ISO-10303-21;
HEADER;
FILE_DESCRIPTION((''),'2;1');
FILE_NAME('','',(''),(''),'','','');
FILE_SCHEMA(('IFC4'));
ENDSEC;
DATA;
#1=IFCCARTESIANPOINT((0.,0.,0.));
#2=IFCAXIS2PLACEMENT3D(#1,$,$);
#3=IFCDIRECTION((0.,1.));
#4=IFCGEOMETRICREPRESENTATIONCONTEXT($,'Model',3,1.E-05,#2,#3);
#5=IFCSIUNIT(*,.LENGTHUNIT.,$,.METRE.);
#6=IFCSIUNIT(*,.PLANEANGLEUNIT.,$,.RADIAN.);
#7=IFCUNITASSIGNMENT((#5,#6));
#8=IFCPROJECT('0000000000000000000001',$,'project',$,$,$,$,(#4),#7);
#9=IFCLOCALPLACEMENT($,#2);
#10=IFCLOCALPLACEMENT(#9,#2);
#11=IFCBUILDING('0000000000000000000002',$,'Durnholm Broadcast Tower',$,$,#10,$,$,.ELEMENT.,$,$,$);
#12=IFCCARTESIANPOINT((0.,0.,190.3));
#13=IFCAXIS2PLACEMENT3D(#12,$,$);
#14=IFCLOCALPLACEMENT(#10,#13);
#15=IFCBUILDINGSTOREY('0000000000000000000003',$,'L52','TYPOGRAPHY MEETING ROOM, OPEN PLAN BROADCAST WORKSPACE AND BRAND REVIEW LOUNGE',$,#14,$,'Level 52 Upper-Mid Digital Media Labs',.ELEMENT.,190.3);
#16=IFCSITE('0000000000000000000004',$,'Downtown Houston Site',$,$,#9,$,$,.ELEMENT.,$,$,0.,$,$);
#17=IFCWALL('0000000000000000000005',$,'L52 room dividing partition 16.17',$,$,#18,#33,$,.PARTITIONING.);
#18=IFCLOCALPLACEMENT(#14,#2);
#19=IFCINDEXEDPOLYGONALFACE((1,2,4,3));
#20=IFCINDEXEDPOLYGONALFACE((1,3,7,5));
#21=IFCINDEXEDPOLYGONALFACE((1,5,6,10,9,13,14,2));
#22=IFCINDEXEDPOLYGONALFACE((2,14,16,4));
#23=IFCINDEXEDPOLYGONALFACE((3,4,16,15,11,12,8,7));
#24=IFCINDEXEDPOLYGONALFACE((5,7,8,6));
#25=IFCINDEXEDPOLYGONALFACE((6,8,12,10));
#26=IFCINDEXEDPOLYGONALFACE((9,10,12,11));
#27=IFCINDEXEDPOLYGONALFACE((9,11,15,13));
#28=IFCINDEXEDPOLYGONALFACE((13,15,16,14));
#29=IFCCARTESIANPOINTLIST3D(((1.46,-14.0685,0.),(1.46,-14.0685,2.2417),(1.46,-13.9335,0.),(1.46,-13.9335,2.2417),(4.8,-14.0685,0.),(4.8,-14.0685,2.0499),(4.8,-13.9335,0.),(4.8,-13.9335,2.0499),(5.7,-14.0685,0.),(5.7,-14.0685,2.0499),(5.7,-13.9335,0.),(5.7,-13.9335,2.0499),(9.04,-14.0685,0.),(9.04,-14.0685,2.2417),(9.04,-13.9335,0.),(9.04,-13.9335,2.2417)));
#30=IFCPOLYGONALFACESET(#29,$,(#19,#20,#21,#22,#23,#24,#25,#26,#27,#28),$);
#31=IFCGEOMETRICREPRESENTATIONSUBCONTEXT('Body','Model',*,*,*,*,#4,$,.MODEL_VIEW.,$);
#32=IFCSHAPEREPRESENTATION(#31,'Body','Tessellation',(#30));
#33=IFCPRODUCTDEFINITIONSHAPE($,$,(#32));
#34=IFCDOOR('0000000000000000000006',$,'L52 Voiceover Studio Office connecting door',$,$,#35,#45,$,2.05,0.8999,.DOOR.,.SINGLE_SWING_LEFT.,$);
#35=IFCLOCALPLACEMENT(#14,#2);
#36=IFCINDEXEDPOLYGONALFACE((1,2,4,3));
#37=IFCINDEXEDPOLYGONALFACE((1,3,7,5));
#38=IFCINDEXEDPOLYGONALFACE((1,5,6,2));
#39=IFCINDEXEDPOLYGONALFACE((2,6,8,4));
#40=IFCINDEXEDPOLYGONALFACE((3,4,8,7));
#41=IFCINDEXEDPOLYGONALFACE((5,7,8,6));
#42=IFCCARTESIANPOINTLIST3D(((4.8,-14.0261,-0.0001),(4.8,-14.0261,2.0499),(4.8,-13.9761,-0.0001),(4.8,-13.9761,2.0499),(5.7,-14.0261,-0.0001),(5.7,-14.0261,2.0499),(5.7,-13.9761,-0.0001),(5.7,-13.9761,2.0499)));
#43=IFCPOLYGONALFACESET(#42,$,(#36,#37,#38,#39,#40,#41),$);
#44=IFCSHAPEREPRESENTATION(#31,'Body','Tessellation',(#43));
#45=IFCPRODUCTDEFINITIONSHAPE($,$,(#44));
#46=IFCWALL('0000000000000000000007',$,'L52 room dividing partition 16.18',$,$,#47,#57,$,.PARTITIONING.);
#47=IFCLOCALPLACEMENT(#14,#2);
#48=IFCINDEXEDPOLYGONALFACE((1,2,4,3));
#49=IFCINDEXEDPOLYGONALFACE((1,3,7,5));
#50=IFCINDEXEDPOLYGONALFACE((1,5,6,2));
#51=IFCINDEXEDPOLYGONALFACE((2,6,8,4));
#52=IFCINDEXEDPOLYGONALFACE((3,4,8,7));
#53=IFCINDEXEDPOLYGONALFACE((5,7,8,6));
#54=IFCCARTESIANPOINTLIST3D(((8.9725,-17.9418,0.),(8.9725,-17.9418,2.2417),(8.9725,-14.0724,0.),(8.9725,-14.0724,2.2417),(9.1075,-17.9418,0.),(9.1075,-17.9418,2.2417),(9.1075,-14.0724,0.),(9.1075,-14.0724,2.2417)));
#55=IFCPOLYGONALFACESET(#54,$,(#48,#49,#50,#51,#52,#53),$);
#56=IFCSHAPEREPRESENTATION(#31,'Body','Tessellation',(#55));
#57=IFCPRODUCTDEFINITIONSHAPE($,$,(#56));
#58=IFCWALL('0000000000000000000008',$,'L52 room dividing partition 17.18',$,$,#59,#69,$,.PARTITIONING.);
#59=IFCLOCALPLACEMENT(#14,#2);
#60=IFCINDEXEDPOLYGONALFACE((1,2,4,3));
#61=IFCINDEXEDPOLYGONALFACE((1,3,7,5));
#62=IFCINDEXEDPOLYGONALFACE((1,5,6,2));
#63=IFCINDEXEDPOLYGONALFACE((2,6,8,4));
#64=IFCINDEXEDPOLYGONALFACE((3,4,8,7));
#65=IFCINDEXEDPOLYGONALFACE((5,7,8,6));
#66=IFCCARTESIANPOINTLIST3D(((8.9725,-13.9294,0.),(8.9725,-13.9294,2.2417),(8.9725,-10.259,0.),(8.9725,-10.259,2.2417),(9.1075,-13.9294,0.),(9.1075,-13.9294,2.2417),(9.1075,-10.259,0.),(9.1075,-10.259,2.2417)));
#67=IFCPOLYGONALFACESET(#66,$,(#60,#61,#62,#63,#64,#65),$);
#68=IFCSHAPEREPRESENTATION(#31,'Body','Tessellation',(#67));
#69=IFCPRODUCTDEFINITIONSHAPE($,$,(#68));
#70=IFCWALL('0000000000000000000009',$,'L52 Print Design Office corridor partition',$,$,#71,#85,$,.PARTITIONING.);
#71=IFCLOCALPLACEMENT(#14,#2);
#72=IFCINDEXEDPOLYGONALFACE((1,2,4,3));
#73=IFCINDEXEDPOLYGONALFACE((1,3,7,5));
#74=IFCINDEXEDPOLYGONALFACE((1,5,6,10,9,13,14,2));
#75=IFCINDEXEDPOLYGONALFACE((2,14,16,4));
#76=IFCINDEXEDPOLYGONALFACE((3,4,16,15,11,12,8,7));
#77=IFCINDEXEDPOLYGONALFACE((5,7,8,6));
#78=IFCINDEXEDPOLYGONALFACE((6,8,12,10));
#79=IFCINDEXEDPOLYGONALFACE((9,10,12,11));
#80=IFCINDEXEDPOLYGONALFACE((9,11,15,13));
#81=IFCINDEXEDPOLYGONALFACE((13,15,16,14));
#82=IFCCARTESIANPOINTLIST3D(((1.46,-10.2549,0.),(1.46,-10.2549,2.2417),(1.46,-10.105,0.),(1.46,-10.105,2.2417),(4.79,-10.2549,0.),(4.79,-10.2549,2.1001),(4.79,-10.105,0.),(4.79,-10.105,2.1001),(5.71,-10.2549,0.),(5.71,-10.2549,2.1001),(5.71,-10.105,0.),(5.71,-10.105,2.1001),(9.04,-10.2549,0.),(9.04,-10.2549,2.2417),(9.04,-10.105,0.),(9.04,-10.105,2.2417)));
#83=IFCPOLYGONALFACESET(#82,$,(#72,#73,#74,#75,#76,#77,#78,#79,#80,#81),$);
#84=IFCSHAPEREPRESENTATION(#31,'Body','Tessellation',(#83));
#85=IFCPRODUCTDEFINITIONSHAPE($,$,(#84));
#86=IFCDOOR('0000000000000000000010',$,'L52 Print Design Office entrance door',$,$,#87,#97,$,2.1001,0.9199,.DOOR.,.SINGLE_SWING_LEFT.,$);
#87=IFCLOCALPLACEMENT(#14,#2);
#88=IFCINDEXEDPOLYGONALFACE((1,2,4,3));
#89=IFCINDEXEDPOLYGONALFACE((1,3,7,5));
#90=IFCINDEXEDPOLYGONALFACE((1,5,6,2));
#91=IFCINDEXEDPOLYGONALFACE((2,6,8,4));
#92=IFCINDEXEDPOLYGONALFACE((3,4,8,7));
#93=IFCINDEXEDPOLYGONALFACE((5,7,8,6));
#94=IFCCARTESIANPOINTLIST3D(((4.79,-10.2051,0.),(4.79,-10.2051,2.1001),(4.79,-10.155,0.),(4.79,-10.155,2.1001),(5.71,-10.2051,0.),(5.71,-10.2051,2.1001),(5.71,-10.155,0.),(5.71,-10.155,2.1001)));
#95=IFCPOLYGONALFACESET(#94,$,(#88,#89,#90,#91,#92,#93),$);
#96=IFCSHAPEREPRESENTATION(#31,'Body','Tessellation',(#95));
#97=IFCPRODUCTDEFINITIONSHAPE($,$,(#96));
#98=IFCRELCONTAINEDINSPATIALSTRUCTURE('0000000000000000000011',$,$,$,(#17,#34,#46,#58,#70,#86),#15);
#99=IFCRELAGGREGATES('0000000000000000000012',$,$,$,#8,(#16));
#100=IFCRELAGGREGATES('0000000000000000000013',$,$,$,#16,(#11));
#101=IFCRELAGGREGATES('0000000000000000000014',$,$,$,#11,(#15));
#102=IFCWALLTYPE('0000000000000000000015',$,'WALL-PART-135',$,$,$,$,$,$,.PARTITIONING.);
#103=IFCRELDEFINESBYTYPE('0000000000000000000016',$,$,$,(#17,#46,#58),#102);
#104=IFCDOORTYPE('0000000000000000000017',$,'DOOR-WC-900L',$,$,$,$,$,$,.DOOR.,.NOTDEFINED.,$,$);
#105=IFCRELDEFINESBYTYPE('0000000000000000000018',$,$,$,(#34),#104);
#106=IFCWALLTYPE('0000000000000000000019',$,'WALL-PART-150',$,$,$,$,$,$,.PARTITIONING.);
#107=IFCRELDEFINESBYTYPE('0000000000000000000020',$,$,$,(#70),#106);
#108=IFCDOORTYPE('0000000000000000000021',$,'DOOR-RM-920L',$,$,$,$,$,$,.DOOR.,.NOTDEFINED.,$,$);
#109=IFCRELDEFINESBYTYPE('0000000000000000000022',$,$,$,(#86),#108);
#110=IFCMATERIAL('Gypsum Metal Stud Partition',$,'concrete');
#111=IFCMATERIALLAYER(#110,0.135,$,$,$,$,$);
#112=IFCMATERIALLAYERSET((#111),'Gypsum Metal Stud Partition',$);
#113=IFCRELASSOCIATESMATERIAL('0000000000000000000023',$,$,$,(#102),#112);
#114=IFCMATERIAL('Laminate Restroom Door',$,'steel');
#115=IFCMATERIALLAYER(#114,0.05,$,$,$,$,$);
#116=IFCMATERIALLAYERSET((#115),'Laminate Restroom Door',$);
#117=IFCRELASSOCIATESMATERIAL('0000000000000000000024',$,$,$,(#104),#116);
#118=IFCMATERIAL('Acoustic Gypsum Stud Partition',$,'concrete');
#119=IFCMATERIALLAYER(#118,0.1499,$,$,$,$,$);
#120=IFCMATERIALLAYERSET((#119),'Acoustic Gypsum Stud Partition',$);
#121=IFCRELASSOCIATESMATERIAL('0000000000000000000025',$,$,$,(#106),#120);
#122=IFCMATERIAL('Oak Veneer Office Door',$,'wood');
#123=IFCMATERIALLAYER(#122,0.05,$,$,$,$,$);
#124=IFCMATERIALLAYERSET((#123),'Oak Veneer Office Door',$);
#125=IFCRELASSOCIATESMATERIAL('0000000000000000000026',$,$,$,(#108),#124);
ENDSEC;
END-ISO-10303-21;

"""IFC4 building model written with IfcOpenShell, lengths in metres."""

from ifc_helpers import new_model, si_unit, direction, frame, frame_2d, origin, place, context, subcontext, project, spatial, rectangle, extrude, source, transform, mapped, material, layer, layer_set, type_object, type_shapes, element, fill, save


model = new_model("IFC4")

# Units and contexts
model_context = context("Model", 3, precision=1e-05, world=origin(), true_north=direction((0.0, 1.0)))
body_context = subcontext(model_context, "Body", "Model", "MODEL_VIEW")
ifc_project = project(units=[si_unit("LENGTHUNIT", "METRE"), si_unit("PLANEANGLEUNIT", "RADIAN")], contexts=[model_context])

# Site, building, storey
site_placement = place(None, origin())
site = spatial("IfcSite", under=ifc_project, at=site_placement, Name="Downtown Houston Site", CompositionType="ELEMENT", RefElevation=0.0)
building_placement = place(site_placement, origin())
building = spatial("IfcBuilding", under=site, at=building_placement, Name="Durnholm Broadcast Tower", CompositionType="ELEMENT")
storey_placement = place(building_placement, frame((0.0, 0.0, 190.3)))
storey = spatial("IfcBuildingStorey", under=building, at=storey_placement, Name="L52", Description="TYPOGRAPHY MEETING ROOM, OPEN PLAN BROADCAST WORKSPACE AND BRAND REVIEW LOUNGE", LongName="Level 52 Upper-Mid Digital Media Labs", CompositionType="ELEMENT", Elevation=190.3)

# Wall, opening, door
ifc_material_1 = material(Name="Gypsum Metal Stud Partition", Category="concrete")
ifc_layer_1 = layer(ifc_material_1, 0.135)
ifc_layer_set_1 = layer_set([ifc_layer_1], Name="Gypsum Metal Stud Partition")
wall_type_1 = type_object("IfcWallType", Name="WALL-PART-135", PredefinedType="PARTITIONING", material=ifc_layer_set_1)
wall_1_placement = place(storey_placement, frame((1.46, -14.001, 0.0), z_axis=(0.0, 0.0, 1.0), x_axis=(1.0, 0.0, 0.0)))
wall_1 = element("IfcWall", 1, at=wall_1_placement, inside=storey, type_object=wall_type_1, Name="L52 room dividing partition 16.17", PredefinedType="PARTITIONING", context=body_context, shape_type="SweptSolid", body=[
    extrude(rectangle(XDim=7.5801, YDim=0.135, at=frame_2d((3.79, 0.0))), origin(), (0.0, 0.0, 1.0), 2.2417),
])
opening_1_placement = place(wall_1_placement, frame((3.3401, 0.0, 0.0)))
opening_1 = element("IfcOpeningElement", 2, at=opening_1_placement, cuts=wall_1, PredefinedType="OPENING", context=body_context, shape_type="SweptSolid", body=[
    extrude(rectangle(XDim=0.8999, YDim=2.05, at=frame_2d((0.45, 1.0249))), frame((0.0, 0.0776, 0.0), z_axis=(0.0, -1.0, 0.0), x_axis=(1.0, 0.0, 0.0)), (0.0, 0.0, 1.0), 0.155),
])
ifc_material_2 = material(Name="Laminate Restroom Door", Category="steel")
ifc_layer_2 = layer(ifc_material_2, 0.05)
ifc_layer_set_2 = layer_set([ifc_layer_2], Name="Laminate Restroom Door")
door_type_1 = type_object("IfcDoorType", Name="DOOR-WC-900L", OperationType="NOTDEFINED", PredefinedType="DOOR", material=ifc_layer_set_2)
shared_shape_1 = source(origin(), body_context, "Body", "SweptSolid", [
    extrude(rectangle(XDim=0.8999, YDim=2.05, at=frame_2d((0.45, 1.0249))), frame((0.0, 0.0249, 0.0), z_axis=(0.0, -1.0, 0.0), x_axis=(1.0, 0.0, 0.0)), (0.0, 0.0, 1.0), 0.05),
])
type_shapes(door_type_1, [shared_shape_1])
door_1_placement = place(opening_1_placement, origin())
door_1 = element("IfcDoor", 3, at=door_1_placement, inside=storey, type_object=door_type_1, Name="L52 Voiceover Studio Office connecting door", OperationType="SINGLE_SWING_LEFT", OverallHeight=2.05, OverallWidth=0.8999, PredefinedType="DOOR", context=body_context, shape_type="MappedRepresentation", body=[
    mapped(shared_shape_1, transform((0.0, 0.0, 0.0), x_axis=(1.0, 0.0, 0.0), y_axis=(0.0, 1.0, 0.0), z_axis=(0.0, 0.0, 1.0), scale=1.0)),
])
fill(opening_1, door_1)

# Walls
wall_2_placement = place(storey_placement, frame((9.04, -14.0725, 0.0), z_axis=(0.0, 0.0, 1.0), x_axis=(0.0, -1.0, 0.0)))
element("IfcWall", 4, at=wall_2_placement, inside=storey, type_object=wall_type_1, Name="L52 room dividing partition 16.18", PredefinedType="PARTITIONING", context=body_context, shape_type="SweptSolid", body=[
    extrude(rectangle(XDim=3.8694, YDim=0.135, at=frame_2d((1.9346, 0.0))), origin(), (0.0, 0.0, 1.0), 2.2417),
])
wall_3_placement = place(storey_placement, frame((9.04, -10.259, 0.0), z_axis=(0.0, 0.0, 1.0), x_axis=(0.0, -1.0, 0.0)))
element("IfcWall", 5, at=wall_3_placement, inside=storey, type_object=wall_type_1, Name="L52 room dividing partition 17.18", PredefinedType="PARTITIONING", context=body_context, shape_type="SweptSolid", body=[
    extrude(rectangle(XDim=3.6704, YDim=0.135, at=frame_2d((1.8352, 0.0))), origin(), (0.0, 0.0, 1.0), 2.2417),
])

# Wall, opening, door
ifc_material_3 = material(Name="Acoustic Gypsum Stud Partition", Category="concrete")
ifc_layer_3 = layer(ifc_material_3, 0.1499)
ifc_layer_set_3 = layer_set([ifc_layer_3], Name="Acoustic Gypsum Stud Partition")
wall_type_2 = type_object("IfcWallType", Name="WALL-PART-150", PredefinedType="PARTITIONING", material=ifc_layer_set_3)
wall_4_placement = place(storey_placement, frame((1.46, -10.1799, 0.0), z_axis=(0.0, 0.0, 1.0), x_axis=(1.0, 0.0, 0.0)))
wall_4 = element("IfcWall", 6, at=wall_4_placement, inside=storey, type_object=wall_type_2, Name="L52 Print Design Office corridor partition", PredefinedType="PARTITIONING", context=body_context, shape_type="SweptSolid", body=[
    extrude(rectangle(XDim=7.5801, YDim=0.1499, at=frame_2d((3.79, 0.0))), origin(), (0.0, 0.0, 1.0), 2.2417),
])
opening_2_placement = place(wall_4_placement, frame((3.3301, 0.0, 0.0)))
opening_2 = element("IfcOpeningElement", 7, at=opening_2_placement, cuts=wall_4, PredefinedType="OPENING", context=body_context, shape_type="SweptSolid", body=[
    extrude(rectangle(XDim=0.9199, YDim=2.1001, at=frame_2d((0.46, 1.05))), frame((0.0, 0.085, 0.0), z_axis=(0.0, -1.0, 0.0), x_axis=(1.0, 0.0, 0.0)), (0.0, 0.0, 1.0), 0.1699),
])
ifc_material_4 = material(Name="Oak Veneer Office Door", Category="wood")
ifc_layer_4 = layer(ifc_material_4, 0.05)
ifc_layer_set_4 = layer_set([ifc_layer_4], Name="Oak Veneer Office Door")
door_type_2 = type_object("IfcDoorType", Name="DOOR-RM-920L", OperationType="NOTDEFINED", PredefinedType="DOOR", material=ifc_layer_set_4)
shared_shape_2 = source(origin(), body_context, "Body", "SweptSolid", [
    extrude(rectangle(XDim=0.9199, YDim=2.1001, at=frame_2d((0.46, 1.05))), frame((0.0, 0.0249, 0.0), z_axis=(0.0, -1.0, 0.0), x_axis=(1.0, 0.0, 0.0)), (0.0, 0.0, 1.0), 0.05),
])
type_shapes(door_type_2, [shared_shape_2])
door_2_placement = place(opening_2_placement, origin())
door_2 = element("IfcDoor", 8, at=door_2_placement, inside=storey, type_object=door_type_2, Name="L52 Print Design Office entrance door", OperationType="SINGLE_SWING_LEFT", OverallHeight=2.1001, OverallWidth=0.9199, PredefinedType="DOOR", context=body_context, shape_type="MappedRepresentation", body=[
    mapped(shared_shape_2, transform((0.0, 0.0, 0.0), x_axis=(1.0, 0.0, 0.0), y_axis=(0.0, 1.0, 0.0), z_axis=(0.0, 0.0, 1.0), scale=1.0)),
])
fill(opening_2, door_2)

save(model, "model.ifc")
